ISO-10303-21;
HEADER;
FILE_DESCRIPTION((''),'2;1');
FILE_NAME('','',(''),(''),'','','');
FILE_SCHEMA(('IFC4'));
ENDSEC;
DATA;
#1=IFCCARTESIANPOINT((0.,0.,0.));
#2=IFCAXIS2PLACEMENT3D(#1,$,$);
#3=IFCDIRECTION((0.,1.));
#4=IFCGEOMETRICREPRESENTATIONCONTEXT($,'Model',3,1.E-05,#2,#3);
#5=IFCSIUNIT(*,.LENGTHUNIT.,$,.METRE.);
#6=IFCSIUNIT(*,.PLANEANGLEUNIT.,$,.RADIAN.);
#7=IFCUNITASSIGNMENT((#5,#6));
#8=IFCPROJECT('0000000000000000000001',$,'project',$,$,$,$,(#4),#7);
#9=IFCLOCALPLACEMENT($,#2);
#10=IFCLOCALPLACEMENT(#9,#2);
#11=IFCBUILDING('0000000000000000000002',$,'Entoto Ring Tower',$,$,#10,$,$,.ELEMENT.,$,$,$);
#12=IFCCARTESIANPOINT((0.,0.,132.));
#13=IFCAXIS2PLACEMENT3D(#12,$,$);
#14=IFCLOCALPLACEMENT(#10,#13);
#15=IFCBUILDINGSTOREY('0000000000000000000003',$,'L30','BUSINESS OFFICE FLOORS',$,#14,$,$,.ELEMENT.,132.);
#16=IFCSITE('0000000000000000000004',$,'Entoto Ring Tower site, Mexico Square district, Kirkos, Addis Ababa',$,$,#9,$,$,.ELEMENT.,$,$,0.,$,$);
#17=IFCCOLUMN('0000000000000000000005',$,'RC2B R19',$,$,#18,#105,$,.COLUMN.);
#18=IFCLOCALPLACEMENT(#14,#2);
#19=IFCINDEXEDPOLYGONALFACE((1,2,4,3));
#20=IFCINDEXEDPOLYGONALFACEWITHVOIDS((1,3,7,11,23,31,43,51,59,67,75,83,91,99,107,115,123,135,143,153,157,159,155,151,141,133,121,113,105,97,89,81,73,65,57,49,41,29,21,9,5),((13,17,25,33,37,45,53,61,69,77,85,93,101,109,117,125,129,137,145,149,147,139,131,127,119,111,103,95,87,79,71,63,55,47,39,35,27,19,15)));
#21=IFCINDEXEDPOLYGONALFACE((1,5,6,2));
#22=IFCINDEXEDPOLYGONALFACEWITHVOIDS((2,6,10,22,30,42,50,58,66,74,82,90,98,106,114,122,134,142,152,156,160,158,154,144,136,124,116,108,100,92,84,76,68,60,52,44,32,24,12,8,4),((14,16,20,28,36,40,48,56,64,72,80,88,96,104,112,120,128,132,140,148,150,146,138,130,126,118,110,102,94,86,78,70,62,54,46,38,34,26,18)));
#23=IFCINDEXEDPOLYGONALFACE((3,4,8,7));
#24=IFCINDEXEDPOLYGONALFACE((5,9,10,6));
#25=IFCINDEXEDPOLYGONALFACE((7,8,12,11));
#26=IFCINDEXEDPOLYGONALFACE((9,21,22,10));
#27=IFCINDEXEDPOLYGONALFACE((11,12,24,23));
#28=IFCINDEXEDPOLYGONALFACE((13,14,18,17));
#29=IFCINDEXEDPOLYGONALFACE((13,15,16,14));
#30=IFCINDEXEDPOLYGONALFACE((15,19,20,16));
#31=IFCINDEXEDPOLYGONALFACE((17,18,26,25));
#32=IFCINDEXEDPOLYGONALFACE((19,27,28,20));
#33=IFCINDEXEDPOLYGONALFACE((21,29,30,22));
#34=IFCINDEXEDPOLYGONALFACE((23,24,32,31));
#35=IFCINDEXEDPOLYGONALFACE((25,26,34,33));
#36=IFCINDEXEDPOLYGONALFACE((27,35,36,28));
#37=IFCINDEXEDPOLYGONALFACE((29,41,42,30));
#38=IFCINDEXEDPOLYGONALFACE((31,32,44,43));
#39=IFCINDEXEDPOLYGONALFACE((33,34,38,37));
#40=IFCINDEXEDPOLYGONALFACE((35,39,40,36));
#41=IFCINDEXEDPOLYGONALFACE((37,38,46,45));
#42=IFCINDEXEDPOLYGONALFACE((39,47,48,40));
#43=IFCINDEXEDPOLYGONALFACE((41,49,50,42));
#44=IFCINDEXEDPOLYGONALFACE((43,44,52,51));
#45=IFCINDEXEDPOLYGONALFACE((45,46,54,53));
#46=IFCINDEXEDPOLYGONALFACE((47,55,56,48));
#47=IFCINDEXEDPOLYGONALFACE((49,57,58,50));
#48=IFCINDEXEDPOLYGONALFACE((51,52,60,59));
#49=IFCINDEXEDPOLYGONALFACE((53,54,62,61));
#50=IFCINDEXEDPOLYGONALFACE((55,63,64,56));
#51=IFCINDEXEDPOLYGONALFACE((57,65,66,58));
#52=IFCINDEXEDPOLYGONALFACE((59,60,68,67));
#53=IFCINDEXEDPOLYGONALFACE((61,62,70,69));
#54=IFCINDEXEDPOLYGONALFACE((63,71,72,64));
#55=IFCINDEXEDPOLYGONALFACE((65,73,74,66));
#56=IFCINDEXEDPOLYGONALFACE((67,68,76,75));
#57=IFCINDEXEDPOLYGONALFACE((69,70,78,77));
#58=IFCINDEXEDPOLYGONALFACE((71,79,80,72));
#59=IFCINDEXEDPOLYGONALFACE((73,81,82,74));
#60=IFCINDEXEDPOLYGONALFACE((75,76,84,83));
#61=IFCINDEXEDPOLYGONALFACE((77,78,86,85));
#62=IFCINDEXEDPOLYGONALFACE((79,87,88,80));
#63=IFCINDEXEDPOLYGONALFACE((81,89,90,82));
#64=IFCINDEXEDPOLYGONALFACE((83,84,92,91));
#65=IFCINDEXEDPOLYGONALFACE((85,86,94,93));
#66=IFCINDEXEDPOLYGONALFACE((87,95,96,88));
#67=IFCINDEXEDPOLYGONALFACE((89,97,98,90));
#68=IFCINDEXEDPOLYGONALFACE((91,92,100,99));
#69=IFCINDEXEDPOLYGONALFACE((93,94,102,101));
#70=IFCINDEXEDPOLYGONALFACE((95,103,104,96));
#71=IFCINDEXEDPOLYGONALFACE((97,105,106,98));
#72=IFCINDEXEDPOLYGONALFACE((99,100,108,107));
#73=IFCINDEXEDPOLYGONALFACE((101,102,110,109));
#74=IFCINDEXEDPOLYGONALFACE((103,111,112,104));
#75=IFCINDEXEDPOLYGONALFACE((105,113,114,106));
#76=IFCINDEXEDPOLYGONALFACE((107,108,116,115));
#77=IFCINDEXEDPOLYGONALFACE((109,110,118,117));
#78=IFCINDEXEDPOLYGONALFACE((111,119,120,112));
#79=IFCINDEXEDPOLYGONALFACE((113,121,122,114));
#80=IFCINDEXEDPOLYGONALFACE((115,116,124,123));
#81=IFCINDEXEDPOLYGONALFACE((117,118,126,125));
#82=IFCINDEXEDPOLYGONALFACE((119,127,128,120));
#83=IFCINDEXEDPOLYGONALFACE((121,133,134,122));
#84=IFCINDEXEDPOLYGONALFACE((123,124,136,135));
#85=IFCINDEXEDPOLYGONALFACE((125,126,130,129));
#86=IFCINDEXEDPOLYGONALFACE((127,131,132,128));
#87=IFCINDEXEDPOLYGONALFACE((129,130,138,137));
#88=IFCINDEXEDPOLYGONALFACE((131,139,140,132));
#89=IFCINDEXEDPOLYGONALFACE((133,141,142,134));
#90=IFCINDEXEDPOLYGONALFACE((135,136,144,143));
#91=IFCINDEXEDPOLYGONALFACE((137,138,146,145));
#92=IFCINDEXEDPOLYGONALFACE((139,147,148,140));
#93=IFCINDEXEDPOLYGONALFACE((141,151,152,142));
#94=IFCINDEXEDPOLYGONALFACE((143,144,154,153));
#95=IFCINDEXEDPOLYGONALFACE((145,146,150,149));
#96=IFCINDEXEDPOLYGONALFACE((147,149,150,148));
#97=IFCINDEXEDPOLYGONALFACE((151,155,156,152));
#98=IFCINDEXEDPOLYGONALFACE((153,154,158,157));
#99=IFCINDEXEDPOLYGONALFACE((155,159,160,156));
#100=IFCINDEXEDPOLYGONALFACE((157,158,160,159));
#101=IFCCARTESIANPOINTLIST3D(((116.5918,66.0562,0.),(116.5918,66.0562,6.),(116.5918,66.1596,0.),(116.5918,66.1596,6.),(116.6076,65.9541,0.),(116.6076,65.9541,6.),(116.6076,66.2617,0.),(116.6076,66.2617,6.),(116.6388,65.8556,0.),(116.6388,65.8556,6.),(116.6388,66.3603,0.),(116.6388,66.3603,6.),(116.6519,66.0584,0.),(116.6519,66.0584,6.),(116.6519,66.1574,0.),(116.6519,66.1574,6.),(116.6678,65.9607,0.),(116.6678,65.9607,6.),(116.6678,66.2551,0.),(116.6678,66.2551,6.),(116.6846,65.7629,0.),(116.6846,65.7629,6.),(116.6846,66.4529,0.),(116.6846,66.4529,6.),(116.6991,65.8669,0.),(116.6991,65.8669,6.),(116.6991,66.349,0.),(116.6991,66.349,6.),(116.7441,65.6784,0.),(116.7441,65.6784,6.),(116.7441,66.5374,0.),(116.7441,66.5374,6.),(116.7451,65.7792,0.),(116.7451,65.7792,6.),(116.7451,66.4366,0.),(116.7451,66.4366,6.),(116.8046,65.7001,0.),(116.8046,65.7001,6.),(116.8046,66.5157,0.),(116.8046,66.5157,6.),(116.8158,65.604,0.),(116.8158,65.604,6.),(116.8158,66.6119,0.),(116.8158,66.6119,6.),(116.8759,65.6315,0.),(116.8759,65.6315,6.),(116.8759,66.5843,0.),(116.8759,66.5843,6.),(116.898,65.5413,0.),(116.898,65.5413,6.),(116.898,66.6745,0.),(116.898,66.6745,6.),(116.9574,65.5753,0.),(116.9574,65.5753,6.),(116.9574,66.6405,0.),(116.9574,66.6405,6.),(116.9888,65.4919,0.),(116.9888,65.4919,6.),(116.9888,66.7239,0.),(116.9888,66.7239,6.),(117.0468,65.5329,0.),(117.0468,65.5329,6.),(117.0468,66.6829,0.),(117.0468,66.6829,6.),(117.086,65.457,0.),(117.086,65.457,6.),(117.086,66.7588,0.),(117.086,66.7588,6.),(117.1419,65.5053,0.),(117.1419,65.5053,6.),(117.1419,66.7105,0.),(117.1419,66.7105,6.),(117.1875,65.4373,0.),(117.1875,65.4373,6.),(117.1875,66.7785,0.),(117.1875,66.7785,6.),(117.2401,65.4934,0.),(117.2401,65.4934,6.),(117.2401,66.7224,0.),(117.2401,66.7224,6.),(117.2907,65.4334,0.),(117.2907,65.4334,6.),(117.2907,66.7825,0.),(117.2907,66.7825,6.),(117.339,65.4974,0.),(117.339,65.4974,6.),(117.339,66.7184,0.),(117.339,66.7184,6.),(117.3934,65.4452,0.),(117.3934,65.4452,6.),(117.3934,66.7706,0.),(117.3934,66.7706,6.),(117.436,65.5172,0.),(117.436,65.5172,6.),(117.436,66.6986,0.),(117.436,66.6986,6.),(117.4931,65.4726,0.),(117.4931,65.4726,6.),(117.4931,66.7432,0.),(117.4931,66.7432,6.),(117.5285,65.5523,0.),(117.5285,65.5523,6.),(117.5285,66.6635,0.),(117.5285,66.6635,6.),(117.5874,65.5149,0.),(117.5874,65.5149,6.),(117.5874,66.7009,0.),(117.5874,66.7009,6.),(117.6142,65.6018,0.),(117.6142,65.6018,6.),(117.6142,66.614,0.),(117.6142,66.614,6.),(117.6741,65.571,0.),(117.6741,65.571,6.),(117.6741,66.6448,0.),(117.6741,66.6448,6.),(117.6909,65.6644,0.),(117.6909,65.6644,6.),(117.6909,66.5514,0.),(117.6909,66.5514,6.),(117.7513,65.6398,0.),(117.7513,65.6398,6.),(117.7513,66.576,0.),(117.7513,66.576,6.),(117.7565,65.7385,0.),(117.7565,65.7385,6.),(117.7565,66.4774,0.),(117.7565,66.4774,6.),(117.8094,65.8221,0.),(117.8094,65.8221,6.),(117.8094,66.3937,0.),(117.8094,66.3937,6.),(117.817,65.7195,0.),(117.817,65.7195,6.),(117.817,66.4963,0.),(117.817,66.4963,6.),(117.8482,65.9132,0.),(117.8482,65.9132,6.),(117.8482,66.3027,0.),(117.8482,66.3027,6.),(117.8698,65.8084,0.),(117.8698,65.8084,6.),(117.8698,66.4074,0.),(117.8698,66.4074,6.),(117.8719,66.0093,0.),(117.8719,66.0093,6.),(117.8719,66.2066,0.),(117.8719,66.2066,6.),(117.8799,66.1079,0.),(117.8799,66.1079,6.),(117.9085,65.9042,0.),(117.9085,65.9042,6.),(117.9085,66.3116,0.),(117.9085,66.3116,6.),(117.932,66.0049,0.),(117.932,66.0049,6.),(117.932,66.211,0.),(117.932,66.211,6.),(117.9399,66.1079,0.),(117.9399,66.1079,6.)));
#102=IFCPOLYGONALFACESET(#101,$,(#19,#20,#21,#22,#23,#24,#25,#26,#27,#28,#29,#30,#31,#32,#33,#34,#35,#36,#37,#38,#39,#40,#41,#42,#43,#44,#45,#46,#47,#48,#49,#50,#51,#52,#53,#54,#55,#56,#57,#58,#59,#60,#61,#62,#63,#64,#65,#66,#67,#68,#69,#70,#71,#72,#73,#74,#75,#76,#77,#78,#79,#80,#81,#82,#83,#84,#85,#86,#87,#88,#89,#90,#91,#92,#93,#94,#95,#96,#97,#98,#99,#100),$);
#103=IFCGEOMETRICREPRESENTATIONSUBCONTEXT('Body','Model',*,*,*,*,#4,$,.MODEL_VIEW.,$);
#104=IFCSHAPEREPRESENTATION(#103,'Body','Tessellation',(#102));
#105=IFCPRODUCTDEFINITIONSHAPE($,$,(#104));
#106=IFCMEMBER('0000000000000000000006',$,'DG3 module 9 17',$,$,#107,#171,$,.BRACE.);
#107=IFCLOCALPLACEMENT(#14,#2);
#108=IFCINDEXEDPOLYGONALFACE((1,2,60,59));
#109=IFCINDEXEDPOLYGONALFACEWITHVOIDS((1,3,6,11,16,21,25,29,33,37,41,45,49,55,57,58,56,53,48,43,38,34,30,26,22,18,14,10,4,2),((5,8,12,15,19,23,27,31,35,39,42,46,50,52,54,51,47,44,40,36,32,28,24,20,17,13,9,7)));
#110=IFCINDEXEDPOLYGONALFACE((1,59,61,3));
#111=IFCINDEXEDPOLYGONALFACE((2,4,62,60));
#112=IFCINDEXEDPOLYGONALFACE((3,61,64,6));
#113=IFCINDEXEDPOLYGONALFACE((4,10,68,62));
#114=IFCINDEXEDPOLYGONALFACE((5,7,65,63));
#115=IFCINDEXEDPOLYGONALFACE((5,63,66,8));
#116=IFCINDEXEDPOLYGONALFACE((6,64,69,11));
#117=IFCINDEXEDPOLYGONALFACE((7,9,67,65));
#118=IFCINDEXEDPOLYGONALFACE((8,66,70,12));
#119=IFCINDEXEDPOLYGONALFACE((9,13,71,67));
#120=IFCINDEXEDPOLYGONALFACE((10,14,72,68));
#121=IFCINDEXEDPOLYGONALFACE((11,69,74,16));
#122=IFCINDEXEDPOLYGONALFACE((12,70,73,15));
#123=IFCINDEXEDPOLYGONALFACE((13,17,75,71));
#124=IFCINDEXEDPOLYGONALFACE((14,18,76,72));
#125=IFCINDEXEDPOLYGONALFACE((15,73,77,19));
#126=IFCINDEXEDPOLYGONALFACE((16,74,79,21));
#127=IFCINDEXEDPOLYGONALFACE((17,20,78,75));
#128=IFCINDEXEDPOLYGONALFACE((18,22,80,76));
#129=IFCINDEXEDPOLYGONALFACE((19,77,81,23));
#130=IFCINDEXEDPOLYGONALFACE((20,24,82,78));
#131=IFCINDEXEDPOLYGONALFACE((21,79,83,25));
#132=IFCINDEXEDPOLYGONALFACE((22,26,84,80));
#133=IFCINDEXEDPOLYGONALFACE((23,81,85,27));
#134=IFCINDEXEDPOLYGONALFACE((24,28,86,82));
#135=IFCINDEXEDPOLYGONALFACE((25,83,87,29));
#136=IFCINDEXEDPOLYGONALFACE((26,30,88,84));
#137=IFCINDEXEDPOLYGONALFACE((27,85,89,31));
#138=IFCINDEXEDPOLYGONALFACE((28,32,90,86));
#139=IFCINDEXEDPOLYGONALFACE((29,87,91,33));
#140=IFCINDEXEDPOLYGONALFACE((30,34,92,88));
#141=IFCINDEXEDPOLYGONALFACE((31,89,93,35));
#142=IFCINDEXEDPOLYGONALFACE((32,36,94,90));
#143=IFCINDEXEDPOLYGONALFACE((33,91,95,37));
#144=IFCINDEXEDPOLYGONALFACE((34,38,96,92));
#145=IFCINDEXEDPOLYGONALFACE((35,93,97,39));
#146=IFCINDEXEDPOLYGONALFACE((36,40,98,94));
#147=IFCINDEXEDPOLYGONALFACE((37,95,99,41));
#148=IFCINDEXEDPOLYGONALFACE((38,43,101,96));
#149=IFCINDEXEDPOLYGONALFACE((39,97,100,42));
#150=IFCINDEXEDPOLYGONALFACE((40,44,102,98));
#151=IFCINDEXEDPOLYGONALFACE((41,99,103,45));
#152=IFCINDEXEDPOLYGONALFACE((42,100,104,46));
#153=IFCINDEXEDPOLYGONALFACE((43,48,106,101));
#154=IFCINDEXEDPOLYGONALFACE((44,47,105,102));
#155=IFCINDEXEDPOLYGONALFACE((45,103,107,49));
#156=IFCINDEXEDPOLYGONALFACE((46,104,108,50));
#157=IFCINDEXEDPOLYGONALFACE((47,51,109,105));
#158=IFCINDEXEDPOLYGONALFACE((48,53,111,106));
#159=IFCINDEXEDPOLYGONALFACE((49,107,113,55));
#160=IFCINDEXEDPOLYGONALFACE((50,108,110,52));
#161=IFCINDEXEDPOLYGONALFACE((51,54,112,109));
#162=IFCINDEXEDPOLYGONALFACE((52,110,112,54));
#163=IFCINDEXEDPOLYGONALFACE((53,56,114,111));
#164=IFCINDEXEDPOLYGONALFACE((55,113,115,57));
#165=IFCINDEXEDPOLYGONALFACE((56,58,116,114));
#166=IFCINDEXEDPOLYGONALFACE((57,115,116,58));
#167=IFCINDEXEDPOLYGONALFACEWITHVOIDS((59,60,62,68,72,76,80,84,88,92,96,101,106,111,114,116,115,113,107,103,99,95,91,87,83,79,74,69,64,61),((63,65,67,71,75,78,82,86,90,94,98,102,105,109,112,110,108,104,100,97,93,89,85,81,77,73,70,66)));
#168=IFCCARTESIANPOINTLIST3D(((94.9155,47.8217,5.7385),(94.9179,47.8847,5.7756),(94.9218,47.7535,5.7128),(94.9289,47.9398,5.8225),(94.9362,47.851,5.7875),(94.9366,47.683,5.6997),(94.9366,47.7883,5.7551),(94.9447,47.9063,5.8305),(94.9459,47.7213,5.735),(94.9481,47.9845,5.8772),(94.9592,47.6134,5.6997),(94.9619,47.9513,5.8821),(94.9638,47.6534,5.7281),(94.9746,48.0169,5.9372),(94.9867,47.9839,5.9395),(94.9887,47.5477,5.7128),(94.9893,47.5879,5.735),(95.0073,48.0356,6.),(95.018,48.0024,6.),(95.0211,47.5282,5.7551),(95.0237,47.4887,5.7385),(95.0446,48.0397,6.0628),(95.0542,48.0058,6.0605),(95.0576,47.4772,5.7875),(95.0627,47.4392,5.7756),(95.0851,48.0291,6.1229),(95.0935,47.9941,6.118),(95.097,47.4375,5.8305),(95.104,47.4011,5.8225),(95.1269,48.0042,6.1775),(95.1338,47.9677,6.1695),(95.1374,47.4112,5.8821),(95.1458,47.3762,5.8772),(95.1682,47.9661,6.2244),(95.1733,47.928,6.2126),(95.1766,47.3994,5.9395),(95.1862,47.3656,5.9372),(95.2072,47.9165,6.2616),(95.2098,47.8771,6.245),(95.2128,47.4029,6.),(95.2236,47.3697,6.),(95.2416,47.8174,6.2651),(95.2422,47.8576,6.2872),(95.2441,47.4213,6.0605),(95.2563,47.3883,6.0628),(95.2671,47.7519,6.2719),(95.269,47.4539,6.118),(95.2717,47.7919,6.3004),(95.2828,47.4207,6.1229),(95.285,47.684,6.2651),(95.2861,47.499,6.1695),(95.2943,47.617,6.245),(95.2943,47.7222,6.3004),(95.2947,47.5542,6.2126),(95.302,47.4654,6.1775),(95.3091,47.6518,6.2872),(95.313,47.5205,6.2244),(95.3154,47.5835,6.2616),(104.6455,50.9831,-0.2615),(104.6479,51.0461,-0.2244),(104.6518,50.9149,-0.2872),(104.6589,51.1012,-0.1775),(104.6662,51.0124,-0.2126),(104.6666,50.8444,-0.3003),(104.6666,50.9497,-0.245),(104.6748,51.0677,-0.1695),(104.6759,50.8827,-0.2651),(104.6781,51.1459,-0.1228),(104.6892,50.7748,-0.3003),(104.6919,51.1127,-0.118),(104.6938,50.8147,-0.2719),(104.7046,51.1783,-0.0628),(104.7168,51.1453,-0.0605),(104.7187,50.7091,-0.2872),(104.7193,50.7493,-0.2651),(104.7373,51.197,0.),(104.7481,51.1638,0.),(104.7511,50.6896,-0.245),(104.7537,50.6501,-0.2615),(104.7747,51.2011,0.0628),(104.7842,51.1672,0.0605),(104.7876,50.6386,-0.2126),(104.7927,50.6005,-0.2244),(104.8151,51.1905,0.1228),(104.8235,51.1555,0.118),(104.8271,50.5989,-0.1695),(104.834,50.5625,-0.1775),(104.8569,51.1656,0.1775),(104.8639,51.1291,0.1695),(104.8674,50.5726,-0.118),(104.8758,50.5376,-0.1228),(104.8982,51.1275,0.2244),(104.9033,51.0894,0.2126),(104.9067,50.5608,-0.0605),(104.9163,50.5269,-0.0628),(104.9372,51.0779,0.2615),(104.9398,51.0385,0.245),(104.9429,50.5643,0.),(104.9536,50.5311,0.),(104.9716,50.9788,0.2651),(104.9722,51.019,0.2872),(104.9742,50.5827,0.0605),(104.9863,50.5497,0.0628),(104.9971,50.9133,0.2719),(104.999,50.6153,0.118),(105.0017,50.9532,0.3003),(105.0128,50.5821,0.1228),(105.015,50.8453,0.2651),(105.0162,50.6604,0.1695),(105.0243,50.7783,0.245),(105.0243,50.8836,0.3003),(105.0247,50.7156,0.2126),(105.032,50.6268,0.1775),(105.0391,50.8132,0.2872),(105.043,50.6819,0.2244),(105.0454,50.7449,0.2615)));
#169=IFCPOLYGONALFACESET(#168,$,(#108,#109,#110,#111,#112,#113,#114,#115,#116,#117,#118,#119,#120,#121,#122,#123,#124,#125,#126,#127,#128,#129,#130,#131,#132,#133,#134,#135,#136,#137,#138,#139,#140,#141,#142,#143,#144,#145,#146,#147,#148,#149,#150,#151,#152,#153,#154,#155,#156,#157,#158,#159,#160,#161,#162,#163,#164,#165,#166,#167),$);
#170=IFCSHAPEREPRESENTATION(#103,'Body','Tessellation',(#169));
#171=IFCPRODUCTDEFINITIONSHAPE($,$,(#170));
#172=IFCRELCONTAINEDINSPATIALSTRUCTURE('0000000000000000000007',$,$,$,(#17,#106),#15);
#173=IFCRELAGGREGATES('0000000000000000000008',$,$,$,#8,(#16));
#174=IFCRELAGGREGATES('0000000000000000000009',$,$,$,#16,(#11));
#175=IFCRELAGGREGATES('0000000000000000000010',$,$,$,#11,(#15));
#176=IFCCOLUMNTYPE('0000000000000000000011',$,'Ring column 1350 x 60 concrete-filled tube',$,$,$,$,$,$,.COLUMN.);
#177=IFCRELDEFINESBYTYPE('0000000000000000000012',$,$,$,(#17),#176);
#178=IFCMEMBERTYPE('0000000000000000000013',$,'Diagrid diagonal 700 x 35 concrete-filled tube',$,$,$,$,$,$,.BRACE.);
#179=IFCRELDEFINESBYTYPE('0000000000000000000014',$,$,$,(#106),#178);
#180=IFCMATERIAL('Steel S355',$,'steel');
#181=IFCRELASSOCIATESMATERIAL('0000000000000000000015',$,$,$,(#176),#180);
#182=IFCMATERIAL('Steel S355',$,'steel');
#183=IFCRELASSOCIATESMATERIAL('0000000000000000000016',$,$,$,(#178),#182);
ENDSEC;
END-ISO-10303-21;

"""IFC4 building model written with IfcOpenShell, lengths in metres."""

from ifc_helpers import new_model, si_unit, direction, frame, origin, origin_2d, place, context, subcontext, project, spatial, circle, hollow_circle, extrude, material, material_profile, profile_set, type_object, element, save


model = new_model("IFC4")

# Units and contexts
model_context = context("Model", 3, precision=1e-05, world=origin(), true_north=direction((0.0, 1.0)))
body_context = subcontext(model_context, "Body", "Model", "MODEL_VIEW")
ifc_project = project(units=[si_unit("LENGTHUNIT", "METRE"), si_unit("PLANEANGLEUNIT", "RADIAN")], contexts=[model_context])

# Site, building, storey
site_placement = place(None, origin())
site = spatial("IfcSite", under=ifc_project, at=site_placement, Name="Entoto Ring Tower site, Mexico Square district, Kirkos, Addis Ababa", CompositionType="ELEMENT", RefElevation=0.0)
building_placement = place(site_placement, origin())
building = spatial("IfcBuilding", under=site, at=building_placement, Name="Entoto Ring Tower", CompositionType="ELEMENT")
storey_placement = place(building_placement, frame((0.0, 0.0, 132.0)))
storey = spatial("IfcBuildingStorey", under=building, at=storey_placement, Name="L30", Description="BUSINESS OFFICE FLOORS", CompositionType="ELEMENT", Elevation=132.0)

# Column
ifc_material_1 = material(Name="Steel S355", Category="steel")
ifc_material_profile_1 = material_profile(ifc_material_1, hollow_circle(Radius=0.675, WallThickness=0.0601, at=origin_2d()), Name="CHS 1350 x 60")
ifc_material_2 = material(Name="Concrete C60/75", Category="concrete")
ifc_material_profile_2 = material_profile(ifc_material_2, circle(Radius=0.615, at=origin_2d()), Name="Concrete C60/75 infill")
ifc_profile_set_1 = profile_set([ifc_material_profile_1, ifc_material_profile_2], Name="Steel S355")
column_type = type_object("IfcColumnType", Name="Ring column 1350 x 60 concrete-filled tube", PredefinedType="COLUMN", material=ifc_profile_set_1)
for number, where, z_axis, x_axis, name in (
    (1, (117.2649, 66.1079, 0.0), (0.0, 0.0, 1.0), (1.0, 0.0, 0.0), "RC2B R19"),
):
    element("IfcColumn", number, at=place(storey_placement, frame(where, z_axis=z_axis, x_axis=x_axis)), inside=storey, type_object=column_type, Name=name, PredefinedType="COLUMN", context=body_context, shape_type="SweptSolid", body=[
        extrude(hollow_circle(Radius=0.675, WallThickness=0.0601, at=origin_2d()), origin(), (0.0, 0.0, 1.0), 6.0),
    ])

# Member
ifc_material_3 = material(Name="Steel S355", Category="steel")
ifc_material_profile_3 = material_profile(ifc_material_3, hollow_circle(Radius=0.3501, WallThickness=0.0349, at=origin_2d()), Name="CHS 700 x 35")
ifc_material_4 = material(Name="Concrete C60/75", Category="concrete")
ifc_material_profile_4 = material_profile(ifc_material_4, circle(Radius=0.3149, at=origin_2d()), Name="Concrete C60/75 infill")
ifc_profile_set_2 = profile_set([ifc_material_profile_3, ifc_material_profile_4], Name="Steel S355")
member_type_1 = type_object("IfcMemberType", Name="Diagrid diagonal 700 x 35 concrete-filled tube", PredefinedType="BRACE", material=ifc_profile_set_2)
for number, where, z_axis, x_axis, name in (
    (2, (104.8455, 50.864, 0.0), (-0.820382, -0.266551, 0.505889), (0.309009, -0.951059, 0.0), "DG3 module 9 17"),
):
    element("IfcMember", number, at=place(storey_placement, frame(where, z_axis=z_axis, x_axis=x_axis)), inside=storey, type_object=member_type_1, Name=name, PredefinedType="BRACE", context=body_context, shape_type="SweptSolid", body=[
        extrude(hollow_circle(Radius=0.3501, WallThickness=0.0349, at=origin_2d()), origin(), (0.0, 0.0, 1.0), 11.8604),
    ])

save(model, "model.ifc")
